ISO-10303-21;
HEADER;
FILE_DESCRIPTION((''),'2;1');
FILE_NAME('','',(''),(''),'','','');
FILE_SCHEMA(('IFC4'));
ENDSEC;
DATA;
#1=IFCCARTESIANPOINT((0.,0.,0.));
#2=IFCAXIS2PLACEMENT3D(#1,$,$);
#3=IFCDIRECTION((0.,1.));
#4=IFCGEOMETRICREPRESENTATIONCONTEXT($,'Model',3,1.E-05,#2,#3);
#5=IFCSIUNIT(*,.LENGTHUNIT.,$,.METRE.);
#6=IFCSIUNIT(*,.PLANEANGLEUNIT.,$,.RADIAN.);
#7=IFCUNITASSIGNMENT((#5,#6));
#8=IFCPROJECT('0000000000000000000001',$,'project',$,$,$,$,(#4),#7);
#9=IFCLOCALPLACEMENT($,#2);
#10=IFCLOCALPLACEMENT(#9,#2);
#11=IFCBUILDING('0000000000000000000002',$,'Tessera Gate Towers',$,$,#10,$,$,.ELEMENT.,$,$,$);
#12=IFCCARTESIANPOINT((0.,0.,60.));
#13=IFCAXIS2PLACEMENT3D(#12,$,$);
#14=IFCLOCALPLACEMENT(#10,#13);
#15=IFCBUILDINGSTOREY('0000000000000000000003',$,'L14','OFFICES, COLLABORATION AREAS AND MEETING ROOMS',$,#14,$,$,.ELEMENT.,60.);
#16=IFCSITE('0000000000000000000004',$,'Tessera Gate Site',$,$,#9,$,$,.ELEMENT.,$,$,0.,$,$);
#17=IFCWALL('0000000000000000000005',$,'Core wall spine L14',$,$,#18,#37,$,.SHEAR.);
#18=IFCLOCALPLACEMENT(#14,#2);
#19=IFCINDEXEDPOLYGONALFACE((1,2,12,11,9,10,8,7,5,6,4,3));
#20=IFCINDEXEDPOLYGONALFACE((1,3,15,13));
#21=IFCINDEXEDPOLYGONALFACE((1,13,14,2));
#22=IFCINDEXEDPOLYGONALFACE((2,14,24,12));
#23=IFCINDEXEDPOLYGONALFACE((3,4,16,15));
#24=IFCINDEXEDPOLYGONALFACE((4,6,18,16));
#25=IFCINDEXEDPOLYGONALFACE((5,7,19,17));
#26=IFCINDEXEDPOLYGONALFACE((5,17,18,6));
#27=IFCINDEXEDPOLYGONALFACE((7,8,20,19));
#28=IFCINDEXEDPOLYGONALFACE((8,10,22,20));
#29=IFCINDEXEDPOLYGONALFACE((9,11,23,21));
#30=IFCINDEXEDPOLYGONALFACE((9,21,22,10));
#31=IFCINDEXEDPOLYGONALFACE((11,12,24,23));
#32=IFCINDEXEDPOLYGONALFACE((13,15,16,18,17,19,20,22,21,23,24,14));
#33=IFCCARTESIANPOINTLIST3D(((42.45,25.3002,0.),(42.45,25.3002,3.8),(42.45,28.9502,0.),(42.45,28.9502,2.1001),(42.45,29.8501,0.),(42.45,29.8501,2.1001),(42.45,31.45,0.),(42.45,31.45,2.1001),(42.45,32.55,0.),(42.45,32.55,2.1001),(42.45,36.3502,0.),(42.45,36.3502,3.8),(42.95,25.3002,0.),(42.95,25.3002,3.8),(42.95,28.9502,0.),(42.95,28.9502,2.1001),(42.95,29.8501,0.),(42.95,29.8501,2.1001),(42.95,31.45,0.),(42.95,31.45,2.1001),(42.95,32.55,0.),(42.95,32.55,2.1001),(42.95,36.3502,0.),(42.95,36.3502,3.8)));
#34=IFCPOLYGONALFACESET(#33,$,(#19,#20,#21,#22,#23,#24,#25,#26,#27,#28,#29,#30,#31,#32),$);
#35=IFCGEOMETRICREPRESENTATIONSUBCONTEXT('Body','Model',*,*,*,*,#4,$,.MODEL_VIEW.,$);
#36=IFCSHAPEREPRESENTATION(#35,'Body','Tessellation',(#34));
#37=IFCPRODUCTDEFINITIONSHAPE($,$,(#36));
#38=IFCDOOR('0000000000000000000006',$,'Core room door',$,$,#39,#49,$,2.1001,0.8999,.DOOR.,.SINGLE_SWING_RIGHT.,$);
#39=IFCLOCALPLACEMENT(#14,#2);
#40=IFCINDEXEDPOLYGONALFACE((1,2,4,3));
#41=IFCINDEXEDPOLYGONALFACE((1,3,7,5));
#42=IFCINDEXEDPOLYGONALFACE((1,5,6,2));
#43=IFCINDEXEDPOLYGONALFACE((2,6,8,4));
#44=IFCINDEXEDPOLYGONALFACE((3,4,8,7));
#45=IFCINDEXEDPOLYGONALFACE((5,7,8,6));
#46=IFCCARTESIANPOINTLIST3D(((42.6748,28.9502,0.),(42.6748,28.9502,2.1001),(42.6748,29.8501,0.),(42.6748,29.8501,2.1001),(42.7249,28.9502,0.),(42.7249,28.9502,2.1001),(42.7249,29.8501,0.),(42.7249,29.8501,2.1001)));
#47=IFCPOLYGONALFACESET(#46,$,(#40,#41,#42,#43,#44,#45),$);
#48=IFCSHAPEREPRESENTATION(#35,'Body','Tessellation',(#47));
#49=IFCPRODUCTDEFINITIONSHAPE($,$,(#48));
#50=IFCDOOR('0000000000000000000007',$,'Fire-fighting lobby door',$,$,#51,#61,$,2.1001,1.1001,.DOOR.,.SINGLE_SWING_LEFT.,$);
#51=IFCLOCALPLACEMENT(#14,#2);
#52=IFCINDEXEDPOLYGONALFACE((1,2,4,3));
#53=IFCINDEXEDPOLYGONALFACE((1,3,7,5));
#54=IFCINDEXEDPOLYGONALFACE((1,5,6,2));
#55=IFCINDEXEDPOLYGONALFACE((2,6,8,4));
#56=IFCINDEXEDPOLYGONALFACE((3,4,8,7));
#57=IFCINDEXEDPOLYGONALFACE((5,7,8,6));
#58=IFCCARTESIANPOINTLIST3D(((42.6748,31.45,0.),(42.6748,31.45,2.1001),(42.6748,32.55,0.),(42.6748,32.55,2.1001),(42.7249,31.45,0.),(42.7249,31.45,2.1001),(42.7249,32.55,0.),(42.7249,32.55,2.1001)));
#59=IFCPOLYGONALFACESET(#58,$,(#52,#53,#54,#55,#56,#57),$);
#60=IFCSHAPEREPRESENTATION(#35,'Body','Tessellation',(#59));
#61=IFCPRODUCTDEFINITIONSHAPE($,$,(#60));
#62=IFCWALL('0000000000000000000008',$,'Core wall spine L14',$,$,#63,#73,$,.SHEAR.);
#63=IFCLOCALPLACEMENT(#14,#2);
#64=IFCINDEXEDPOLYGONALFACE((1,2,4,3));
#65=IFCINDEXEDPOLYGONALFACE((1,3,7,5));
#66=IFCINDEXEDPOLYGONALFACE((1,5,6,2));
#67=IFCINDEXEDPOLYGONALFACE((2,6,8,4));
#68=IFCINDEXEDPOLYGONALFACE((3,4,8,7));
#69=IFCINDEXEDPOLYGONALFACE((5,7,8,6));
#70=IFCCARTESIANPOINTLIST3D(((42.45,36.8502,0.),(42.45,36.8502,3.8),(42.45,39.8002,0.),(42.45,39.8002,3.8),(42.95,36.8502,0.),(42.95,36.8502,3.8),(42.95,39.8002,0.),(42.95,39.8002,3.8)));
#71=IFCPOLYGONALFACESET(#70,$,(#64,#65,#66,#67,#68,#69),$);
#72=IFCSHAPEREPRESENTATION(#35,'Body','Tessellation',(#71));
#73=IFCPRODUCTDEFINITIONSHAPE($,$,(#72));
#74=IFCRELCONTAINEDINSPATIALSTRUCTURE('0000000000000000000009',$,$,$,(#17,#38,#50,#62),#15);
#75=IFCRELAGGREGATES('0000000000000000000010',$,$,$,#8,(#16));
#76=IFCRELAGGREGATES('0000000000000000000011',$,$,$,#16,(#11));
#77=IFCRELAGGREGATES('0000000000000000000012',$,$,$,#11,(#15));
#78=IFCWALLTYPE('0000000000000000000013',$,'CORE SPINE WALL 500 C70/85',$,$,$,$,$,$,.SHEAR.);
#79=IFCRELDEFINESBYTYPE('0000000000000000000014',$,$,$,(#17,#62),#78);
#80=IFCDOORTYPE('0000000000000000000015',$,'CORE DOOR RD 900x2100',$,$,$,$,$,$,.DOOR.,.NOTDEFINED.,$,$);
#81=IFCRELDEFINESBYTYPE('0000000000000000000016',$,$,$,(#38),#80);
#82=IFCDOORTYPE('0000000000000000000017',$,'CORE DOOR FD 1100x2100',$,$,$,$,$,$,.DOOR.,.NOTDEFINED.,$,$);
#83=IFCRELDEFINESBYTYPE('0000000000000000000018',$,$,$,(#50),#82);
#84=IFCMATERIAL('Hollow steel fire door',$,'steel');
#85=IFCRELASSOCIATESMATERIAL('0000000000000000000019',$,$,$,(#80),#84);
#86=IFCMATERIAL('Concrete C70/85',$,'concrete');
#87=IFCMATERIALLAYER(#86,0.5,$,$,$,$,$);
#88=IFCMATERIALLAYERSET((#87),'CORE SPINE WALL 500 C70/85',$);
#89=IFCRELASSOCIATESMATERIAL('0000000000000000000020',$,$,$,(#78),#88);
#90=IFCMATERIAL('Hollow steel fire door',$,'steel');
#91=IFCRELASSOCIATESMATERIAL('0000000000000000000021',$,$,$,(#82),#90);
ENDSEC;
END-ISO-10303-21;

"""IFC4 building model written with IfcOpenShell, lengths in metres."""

from ifc_helpers import new_model, si_unit, direction, frame, frame_2d, origin, place, context, subcontext, project, spatial, rectangle, extrude, source, transform, mapped, material, layer, layer_set, type_object, element, fill, save


model = new_model("IFC4")

# Units and contexts
model_context = context("Model", 3, precision=1e-05, world=origin(), true_north=direction((0.0, 1.0)))
body_context = subcontext(model_context, "Body", "Model", "MODEL_VIEW")
ifc_project = project(units=[si_unit("LENGTHUNIT", "METRE"), si_unit("PLANEANGLEUNIT", "RADIAN")], contexts=[model_context])

# Site, building, storey
site_placement = place(None, origin())
site = spatial("IfcSite", under=ifc_project, at=site_placement, Name="Tessera Gate Site", CompositionType="ELEMENT", RefElevation=0.0)
building_placement = place(site_placement, origin())
building = spatial("IfcBuilding", under=site, at=building_placement, Name="Tessera Gate Towers", CompositionType="ELEMENT")
storey_placement = place(building_placement, frame((0.0, 0.0, 60.0)))
storey = spatial("IfcBuildingStorey", under=building, at=storey_placement, Name="L14", Description="OFFICES, COLLABORATION AREAS AND MEETING ROOMS", CompositionType="ELEMENT", Elevation=60.0)

# Shared definitions
ifc_material_1 = material(Name="Hollow steel fire door", Category="steel")
door_type_1 = type_object("IfcDoorType", Name="CORE DOOR RD 900x2100", OperationType="NOTDEFINED", PredefinedType="DOOR", material=ifc_material_1)
shared_shape_1 = source(origin(), body_context, "Body", "SweptSolid", [
    extrude(rectangle(XDim=0.8999, YDim=2.1001, at=frame_2d((0.45, 1.05))), frame((0.0, 0.0249, 0.0), z_axis=(0.0, -1.0, 0.0), x_axis=(1.0, 0.0, 0.0)), (0.0, 0.0, 1.0), 0.05),
])

# Wall, openings, doors
ifc_material_2 = material(Name="Concrete C70/85", Category="concrete")
ifc_layer_1 = layer(ifc_material_2, 0.5)
ifc_layer_set_1 = layer_set([ifc_layer_1], Name="CORE SPINE WALL 500 C70/85")
wall_type_1 = type_object("IfcWallType", Name="CORE SPINE WALL 500 C70/85", PredefinedType="SHEAR", material=ifc_layer_set_1)
wall_1_placement = place(storey_placement, frame((42.7, 36.3501, 0.0), z_axis=(0.0, 0.0, 1.0), x_axis=(0.0, -1.0, 0.0)))
wall_1 = element("IfcWall", 1, at=wall_1_placement, inside=storey, type_object=wall_type_1, Name="Core wall spine L14", PredefinedType="SHEAR", context=body_context, shape_type="SweptSolid", body=[
    extrude(rectangle(XDim=11.05, YDim=0.5, at=frame_2d((5.5249, 0.0))), origin(), (0.0, 0.0, 1.0), 3.8),
])
shared_shape_2 = source(origin(), body_context, "Body", "SweptSolid", [
    extrude(rectangle(XDim=0.8999, YDim=2.1001, at=frame_2d((0.45, 1.05))), frame((0.0, 0.26, 0.0), z_axis=(0.0, -1.0, 0.0), x_axis=(1.0, 0.0, 0.0)), (0.0, 0.0, 1.0), 0.52),
])
opening_1_placement = place(wall_1_placement, frame((6.5, 0.0, 0.0)))
opening_1 = element("IfcOpeningElement", 2, at=opening_1_placement, cuts=wall_1, PredefinedType="OPENING", context=body_context, shape_type="MappedRepresentation", body=[
    mapped(shared_shape_2, transform((0.0, 0.0, 0.0), scale=1.0)),
])
shared_shape_3 = source(origin(), body_context, "Body", "SweptSolid", [
    extrude(rectangle(XDim=1.1001, YDim=2.1001, at=frame_2d((0.55, 1.05))), frame((0.0, 0.26, 0.0), z_axis=(0.0, -1.0, 0.0), x_axis=(1.0, 0.0, 0.0)), (0.0, 0.0, 1.0), 0.52),
])
opening_2_placement = place(wall_1_placement, frame((3.8, 0.0, 0.0)))
opening_2 = element("IfcOpeningElement", 3, at=opening_2_placement, cuts=wall_1, PredefinedType="OPENING", context=body_context, shape_type="MappedRepresentation", body=[
    mapped(shared_shape_3, transform((0.0, 0.0, 0.0), scale=1.0)),
])
door_1_placement = place(opening_1_placement, origin())
door_1 = element("IfcDoor", 4, at=door_1_placement, inside=storey, type_object=door_type_1, Name="Core room door", OperationType="SINGLE_SWING_RIGHT", OverallHeight=2.1001, OverallWidth=0.8999, PredefinedType="DOOR", context=body_context, shape_type="MappedRepresentation", body=[
    mapped(shared_shape_1, transform((0.0, 0.0, 0.0), scale=1.0)),
])
fill(opening_1, door_1)
ifc_material_3 = material(Name="Hollow steel fire door", Category="steel")
door_type_2 = type_object("IfcDoorType", Name="CORE DOOR FD 1100x2100", OperationType="NOTDEFINED", PredefinedType="DOOR", material=ifc_material_3)
shared_shape_4 = source(origin(), body_context, "Body", "SweptSolid", [
    extrude(rectangle(XDim=1.1001, YDim=2.1001, at=frame_2d((0.55, 1.05))), frame((0.0, 0.0249, 0.0), z_axis=(0.0, -1.0, 0.0), x_axis=(1.0, 0.0, 0.0)), (0.0, 0.0, 1.0), 0.05),
])
door_2_placement = place(opening_2_placement, origin())
door_2 = element("IfcDoor", 5, at=door_2_placement, inside=storey, type_object=door_type_2, Name="Fire-fighting lobby door", OperationType="SINGLE_SWING_LEFT", OverallHeight=2.1001, OverallWidth=1.1001, PredefinedType="DOOR", context=body_context, shape_type="MappedRepresentation", body=[
    mapped(shared_shape_4, transform((0.0, 0.0, 0.0), scale=1.0)),
])
fill(opening_2, door_2)

# Wall
wall_2_placement = place(storey_placement, frame((42.7, 36.8501, 0.0), z_axis=(0.0, 0.0, 1.0), x_axis=(0.0, 1.0, 0.0)))
element("IfcWall", 6, at=wall_2_placement, inside=storey, type_object=wall_type_1, Name="Core wall spine L14", PredefinedType="SHEAR", context=body_context, shape_type="SweptSolid", body=[
    extrude(rectangle(XDim=2.95, YDim=0.5, at=frame_2d((1.4751, 0.0))), origin(), (0.0, 0.0, 1.0), 3.8),
])

save(model, "model.ifc")
